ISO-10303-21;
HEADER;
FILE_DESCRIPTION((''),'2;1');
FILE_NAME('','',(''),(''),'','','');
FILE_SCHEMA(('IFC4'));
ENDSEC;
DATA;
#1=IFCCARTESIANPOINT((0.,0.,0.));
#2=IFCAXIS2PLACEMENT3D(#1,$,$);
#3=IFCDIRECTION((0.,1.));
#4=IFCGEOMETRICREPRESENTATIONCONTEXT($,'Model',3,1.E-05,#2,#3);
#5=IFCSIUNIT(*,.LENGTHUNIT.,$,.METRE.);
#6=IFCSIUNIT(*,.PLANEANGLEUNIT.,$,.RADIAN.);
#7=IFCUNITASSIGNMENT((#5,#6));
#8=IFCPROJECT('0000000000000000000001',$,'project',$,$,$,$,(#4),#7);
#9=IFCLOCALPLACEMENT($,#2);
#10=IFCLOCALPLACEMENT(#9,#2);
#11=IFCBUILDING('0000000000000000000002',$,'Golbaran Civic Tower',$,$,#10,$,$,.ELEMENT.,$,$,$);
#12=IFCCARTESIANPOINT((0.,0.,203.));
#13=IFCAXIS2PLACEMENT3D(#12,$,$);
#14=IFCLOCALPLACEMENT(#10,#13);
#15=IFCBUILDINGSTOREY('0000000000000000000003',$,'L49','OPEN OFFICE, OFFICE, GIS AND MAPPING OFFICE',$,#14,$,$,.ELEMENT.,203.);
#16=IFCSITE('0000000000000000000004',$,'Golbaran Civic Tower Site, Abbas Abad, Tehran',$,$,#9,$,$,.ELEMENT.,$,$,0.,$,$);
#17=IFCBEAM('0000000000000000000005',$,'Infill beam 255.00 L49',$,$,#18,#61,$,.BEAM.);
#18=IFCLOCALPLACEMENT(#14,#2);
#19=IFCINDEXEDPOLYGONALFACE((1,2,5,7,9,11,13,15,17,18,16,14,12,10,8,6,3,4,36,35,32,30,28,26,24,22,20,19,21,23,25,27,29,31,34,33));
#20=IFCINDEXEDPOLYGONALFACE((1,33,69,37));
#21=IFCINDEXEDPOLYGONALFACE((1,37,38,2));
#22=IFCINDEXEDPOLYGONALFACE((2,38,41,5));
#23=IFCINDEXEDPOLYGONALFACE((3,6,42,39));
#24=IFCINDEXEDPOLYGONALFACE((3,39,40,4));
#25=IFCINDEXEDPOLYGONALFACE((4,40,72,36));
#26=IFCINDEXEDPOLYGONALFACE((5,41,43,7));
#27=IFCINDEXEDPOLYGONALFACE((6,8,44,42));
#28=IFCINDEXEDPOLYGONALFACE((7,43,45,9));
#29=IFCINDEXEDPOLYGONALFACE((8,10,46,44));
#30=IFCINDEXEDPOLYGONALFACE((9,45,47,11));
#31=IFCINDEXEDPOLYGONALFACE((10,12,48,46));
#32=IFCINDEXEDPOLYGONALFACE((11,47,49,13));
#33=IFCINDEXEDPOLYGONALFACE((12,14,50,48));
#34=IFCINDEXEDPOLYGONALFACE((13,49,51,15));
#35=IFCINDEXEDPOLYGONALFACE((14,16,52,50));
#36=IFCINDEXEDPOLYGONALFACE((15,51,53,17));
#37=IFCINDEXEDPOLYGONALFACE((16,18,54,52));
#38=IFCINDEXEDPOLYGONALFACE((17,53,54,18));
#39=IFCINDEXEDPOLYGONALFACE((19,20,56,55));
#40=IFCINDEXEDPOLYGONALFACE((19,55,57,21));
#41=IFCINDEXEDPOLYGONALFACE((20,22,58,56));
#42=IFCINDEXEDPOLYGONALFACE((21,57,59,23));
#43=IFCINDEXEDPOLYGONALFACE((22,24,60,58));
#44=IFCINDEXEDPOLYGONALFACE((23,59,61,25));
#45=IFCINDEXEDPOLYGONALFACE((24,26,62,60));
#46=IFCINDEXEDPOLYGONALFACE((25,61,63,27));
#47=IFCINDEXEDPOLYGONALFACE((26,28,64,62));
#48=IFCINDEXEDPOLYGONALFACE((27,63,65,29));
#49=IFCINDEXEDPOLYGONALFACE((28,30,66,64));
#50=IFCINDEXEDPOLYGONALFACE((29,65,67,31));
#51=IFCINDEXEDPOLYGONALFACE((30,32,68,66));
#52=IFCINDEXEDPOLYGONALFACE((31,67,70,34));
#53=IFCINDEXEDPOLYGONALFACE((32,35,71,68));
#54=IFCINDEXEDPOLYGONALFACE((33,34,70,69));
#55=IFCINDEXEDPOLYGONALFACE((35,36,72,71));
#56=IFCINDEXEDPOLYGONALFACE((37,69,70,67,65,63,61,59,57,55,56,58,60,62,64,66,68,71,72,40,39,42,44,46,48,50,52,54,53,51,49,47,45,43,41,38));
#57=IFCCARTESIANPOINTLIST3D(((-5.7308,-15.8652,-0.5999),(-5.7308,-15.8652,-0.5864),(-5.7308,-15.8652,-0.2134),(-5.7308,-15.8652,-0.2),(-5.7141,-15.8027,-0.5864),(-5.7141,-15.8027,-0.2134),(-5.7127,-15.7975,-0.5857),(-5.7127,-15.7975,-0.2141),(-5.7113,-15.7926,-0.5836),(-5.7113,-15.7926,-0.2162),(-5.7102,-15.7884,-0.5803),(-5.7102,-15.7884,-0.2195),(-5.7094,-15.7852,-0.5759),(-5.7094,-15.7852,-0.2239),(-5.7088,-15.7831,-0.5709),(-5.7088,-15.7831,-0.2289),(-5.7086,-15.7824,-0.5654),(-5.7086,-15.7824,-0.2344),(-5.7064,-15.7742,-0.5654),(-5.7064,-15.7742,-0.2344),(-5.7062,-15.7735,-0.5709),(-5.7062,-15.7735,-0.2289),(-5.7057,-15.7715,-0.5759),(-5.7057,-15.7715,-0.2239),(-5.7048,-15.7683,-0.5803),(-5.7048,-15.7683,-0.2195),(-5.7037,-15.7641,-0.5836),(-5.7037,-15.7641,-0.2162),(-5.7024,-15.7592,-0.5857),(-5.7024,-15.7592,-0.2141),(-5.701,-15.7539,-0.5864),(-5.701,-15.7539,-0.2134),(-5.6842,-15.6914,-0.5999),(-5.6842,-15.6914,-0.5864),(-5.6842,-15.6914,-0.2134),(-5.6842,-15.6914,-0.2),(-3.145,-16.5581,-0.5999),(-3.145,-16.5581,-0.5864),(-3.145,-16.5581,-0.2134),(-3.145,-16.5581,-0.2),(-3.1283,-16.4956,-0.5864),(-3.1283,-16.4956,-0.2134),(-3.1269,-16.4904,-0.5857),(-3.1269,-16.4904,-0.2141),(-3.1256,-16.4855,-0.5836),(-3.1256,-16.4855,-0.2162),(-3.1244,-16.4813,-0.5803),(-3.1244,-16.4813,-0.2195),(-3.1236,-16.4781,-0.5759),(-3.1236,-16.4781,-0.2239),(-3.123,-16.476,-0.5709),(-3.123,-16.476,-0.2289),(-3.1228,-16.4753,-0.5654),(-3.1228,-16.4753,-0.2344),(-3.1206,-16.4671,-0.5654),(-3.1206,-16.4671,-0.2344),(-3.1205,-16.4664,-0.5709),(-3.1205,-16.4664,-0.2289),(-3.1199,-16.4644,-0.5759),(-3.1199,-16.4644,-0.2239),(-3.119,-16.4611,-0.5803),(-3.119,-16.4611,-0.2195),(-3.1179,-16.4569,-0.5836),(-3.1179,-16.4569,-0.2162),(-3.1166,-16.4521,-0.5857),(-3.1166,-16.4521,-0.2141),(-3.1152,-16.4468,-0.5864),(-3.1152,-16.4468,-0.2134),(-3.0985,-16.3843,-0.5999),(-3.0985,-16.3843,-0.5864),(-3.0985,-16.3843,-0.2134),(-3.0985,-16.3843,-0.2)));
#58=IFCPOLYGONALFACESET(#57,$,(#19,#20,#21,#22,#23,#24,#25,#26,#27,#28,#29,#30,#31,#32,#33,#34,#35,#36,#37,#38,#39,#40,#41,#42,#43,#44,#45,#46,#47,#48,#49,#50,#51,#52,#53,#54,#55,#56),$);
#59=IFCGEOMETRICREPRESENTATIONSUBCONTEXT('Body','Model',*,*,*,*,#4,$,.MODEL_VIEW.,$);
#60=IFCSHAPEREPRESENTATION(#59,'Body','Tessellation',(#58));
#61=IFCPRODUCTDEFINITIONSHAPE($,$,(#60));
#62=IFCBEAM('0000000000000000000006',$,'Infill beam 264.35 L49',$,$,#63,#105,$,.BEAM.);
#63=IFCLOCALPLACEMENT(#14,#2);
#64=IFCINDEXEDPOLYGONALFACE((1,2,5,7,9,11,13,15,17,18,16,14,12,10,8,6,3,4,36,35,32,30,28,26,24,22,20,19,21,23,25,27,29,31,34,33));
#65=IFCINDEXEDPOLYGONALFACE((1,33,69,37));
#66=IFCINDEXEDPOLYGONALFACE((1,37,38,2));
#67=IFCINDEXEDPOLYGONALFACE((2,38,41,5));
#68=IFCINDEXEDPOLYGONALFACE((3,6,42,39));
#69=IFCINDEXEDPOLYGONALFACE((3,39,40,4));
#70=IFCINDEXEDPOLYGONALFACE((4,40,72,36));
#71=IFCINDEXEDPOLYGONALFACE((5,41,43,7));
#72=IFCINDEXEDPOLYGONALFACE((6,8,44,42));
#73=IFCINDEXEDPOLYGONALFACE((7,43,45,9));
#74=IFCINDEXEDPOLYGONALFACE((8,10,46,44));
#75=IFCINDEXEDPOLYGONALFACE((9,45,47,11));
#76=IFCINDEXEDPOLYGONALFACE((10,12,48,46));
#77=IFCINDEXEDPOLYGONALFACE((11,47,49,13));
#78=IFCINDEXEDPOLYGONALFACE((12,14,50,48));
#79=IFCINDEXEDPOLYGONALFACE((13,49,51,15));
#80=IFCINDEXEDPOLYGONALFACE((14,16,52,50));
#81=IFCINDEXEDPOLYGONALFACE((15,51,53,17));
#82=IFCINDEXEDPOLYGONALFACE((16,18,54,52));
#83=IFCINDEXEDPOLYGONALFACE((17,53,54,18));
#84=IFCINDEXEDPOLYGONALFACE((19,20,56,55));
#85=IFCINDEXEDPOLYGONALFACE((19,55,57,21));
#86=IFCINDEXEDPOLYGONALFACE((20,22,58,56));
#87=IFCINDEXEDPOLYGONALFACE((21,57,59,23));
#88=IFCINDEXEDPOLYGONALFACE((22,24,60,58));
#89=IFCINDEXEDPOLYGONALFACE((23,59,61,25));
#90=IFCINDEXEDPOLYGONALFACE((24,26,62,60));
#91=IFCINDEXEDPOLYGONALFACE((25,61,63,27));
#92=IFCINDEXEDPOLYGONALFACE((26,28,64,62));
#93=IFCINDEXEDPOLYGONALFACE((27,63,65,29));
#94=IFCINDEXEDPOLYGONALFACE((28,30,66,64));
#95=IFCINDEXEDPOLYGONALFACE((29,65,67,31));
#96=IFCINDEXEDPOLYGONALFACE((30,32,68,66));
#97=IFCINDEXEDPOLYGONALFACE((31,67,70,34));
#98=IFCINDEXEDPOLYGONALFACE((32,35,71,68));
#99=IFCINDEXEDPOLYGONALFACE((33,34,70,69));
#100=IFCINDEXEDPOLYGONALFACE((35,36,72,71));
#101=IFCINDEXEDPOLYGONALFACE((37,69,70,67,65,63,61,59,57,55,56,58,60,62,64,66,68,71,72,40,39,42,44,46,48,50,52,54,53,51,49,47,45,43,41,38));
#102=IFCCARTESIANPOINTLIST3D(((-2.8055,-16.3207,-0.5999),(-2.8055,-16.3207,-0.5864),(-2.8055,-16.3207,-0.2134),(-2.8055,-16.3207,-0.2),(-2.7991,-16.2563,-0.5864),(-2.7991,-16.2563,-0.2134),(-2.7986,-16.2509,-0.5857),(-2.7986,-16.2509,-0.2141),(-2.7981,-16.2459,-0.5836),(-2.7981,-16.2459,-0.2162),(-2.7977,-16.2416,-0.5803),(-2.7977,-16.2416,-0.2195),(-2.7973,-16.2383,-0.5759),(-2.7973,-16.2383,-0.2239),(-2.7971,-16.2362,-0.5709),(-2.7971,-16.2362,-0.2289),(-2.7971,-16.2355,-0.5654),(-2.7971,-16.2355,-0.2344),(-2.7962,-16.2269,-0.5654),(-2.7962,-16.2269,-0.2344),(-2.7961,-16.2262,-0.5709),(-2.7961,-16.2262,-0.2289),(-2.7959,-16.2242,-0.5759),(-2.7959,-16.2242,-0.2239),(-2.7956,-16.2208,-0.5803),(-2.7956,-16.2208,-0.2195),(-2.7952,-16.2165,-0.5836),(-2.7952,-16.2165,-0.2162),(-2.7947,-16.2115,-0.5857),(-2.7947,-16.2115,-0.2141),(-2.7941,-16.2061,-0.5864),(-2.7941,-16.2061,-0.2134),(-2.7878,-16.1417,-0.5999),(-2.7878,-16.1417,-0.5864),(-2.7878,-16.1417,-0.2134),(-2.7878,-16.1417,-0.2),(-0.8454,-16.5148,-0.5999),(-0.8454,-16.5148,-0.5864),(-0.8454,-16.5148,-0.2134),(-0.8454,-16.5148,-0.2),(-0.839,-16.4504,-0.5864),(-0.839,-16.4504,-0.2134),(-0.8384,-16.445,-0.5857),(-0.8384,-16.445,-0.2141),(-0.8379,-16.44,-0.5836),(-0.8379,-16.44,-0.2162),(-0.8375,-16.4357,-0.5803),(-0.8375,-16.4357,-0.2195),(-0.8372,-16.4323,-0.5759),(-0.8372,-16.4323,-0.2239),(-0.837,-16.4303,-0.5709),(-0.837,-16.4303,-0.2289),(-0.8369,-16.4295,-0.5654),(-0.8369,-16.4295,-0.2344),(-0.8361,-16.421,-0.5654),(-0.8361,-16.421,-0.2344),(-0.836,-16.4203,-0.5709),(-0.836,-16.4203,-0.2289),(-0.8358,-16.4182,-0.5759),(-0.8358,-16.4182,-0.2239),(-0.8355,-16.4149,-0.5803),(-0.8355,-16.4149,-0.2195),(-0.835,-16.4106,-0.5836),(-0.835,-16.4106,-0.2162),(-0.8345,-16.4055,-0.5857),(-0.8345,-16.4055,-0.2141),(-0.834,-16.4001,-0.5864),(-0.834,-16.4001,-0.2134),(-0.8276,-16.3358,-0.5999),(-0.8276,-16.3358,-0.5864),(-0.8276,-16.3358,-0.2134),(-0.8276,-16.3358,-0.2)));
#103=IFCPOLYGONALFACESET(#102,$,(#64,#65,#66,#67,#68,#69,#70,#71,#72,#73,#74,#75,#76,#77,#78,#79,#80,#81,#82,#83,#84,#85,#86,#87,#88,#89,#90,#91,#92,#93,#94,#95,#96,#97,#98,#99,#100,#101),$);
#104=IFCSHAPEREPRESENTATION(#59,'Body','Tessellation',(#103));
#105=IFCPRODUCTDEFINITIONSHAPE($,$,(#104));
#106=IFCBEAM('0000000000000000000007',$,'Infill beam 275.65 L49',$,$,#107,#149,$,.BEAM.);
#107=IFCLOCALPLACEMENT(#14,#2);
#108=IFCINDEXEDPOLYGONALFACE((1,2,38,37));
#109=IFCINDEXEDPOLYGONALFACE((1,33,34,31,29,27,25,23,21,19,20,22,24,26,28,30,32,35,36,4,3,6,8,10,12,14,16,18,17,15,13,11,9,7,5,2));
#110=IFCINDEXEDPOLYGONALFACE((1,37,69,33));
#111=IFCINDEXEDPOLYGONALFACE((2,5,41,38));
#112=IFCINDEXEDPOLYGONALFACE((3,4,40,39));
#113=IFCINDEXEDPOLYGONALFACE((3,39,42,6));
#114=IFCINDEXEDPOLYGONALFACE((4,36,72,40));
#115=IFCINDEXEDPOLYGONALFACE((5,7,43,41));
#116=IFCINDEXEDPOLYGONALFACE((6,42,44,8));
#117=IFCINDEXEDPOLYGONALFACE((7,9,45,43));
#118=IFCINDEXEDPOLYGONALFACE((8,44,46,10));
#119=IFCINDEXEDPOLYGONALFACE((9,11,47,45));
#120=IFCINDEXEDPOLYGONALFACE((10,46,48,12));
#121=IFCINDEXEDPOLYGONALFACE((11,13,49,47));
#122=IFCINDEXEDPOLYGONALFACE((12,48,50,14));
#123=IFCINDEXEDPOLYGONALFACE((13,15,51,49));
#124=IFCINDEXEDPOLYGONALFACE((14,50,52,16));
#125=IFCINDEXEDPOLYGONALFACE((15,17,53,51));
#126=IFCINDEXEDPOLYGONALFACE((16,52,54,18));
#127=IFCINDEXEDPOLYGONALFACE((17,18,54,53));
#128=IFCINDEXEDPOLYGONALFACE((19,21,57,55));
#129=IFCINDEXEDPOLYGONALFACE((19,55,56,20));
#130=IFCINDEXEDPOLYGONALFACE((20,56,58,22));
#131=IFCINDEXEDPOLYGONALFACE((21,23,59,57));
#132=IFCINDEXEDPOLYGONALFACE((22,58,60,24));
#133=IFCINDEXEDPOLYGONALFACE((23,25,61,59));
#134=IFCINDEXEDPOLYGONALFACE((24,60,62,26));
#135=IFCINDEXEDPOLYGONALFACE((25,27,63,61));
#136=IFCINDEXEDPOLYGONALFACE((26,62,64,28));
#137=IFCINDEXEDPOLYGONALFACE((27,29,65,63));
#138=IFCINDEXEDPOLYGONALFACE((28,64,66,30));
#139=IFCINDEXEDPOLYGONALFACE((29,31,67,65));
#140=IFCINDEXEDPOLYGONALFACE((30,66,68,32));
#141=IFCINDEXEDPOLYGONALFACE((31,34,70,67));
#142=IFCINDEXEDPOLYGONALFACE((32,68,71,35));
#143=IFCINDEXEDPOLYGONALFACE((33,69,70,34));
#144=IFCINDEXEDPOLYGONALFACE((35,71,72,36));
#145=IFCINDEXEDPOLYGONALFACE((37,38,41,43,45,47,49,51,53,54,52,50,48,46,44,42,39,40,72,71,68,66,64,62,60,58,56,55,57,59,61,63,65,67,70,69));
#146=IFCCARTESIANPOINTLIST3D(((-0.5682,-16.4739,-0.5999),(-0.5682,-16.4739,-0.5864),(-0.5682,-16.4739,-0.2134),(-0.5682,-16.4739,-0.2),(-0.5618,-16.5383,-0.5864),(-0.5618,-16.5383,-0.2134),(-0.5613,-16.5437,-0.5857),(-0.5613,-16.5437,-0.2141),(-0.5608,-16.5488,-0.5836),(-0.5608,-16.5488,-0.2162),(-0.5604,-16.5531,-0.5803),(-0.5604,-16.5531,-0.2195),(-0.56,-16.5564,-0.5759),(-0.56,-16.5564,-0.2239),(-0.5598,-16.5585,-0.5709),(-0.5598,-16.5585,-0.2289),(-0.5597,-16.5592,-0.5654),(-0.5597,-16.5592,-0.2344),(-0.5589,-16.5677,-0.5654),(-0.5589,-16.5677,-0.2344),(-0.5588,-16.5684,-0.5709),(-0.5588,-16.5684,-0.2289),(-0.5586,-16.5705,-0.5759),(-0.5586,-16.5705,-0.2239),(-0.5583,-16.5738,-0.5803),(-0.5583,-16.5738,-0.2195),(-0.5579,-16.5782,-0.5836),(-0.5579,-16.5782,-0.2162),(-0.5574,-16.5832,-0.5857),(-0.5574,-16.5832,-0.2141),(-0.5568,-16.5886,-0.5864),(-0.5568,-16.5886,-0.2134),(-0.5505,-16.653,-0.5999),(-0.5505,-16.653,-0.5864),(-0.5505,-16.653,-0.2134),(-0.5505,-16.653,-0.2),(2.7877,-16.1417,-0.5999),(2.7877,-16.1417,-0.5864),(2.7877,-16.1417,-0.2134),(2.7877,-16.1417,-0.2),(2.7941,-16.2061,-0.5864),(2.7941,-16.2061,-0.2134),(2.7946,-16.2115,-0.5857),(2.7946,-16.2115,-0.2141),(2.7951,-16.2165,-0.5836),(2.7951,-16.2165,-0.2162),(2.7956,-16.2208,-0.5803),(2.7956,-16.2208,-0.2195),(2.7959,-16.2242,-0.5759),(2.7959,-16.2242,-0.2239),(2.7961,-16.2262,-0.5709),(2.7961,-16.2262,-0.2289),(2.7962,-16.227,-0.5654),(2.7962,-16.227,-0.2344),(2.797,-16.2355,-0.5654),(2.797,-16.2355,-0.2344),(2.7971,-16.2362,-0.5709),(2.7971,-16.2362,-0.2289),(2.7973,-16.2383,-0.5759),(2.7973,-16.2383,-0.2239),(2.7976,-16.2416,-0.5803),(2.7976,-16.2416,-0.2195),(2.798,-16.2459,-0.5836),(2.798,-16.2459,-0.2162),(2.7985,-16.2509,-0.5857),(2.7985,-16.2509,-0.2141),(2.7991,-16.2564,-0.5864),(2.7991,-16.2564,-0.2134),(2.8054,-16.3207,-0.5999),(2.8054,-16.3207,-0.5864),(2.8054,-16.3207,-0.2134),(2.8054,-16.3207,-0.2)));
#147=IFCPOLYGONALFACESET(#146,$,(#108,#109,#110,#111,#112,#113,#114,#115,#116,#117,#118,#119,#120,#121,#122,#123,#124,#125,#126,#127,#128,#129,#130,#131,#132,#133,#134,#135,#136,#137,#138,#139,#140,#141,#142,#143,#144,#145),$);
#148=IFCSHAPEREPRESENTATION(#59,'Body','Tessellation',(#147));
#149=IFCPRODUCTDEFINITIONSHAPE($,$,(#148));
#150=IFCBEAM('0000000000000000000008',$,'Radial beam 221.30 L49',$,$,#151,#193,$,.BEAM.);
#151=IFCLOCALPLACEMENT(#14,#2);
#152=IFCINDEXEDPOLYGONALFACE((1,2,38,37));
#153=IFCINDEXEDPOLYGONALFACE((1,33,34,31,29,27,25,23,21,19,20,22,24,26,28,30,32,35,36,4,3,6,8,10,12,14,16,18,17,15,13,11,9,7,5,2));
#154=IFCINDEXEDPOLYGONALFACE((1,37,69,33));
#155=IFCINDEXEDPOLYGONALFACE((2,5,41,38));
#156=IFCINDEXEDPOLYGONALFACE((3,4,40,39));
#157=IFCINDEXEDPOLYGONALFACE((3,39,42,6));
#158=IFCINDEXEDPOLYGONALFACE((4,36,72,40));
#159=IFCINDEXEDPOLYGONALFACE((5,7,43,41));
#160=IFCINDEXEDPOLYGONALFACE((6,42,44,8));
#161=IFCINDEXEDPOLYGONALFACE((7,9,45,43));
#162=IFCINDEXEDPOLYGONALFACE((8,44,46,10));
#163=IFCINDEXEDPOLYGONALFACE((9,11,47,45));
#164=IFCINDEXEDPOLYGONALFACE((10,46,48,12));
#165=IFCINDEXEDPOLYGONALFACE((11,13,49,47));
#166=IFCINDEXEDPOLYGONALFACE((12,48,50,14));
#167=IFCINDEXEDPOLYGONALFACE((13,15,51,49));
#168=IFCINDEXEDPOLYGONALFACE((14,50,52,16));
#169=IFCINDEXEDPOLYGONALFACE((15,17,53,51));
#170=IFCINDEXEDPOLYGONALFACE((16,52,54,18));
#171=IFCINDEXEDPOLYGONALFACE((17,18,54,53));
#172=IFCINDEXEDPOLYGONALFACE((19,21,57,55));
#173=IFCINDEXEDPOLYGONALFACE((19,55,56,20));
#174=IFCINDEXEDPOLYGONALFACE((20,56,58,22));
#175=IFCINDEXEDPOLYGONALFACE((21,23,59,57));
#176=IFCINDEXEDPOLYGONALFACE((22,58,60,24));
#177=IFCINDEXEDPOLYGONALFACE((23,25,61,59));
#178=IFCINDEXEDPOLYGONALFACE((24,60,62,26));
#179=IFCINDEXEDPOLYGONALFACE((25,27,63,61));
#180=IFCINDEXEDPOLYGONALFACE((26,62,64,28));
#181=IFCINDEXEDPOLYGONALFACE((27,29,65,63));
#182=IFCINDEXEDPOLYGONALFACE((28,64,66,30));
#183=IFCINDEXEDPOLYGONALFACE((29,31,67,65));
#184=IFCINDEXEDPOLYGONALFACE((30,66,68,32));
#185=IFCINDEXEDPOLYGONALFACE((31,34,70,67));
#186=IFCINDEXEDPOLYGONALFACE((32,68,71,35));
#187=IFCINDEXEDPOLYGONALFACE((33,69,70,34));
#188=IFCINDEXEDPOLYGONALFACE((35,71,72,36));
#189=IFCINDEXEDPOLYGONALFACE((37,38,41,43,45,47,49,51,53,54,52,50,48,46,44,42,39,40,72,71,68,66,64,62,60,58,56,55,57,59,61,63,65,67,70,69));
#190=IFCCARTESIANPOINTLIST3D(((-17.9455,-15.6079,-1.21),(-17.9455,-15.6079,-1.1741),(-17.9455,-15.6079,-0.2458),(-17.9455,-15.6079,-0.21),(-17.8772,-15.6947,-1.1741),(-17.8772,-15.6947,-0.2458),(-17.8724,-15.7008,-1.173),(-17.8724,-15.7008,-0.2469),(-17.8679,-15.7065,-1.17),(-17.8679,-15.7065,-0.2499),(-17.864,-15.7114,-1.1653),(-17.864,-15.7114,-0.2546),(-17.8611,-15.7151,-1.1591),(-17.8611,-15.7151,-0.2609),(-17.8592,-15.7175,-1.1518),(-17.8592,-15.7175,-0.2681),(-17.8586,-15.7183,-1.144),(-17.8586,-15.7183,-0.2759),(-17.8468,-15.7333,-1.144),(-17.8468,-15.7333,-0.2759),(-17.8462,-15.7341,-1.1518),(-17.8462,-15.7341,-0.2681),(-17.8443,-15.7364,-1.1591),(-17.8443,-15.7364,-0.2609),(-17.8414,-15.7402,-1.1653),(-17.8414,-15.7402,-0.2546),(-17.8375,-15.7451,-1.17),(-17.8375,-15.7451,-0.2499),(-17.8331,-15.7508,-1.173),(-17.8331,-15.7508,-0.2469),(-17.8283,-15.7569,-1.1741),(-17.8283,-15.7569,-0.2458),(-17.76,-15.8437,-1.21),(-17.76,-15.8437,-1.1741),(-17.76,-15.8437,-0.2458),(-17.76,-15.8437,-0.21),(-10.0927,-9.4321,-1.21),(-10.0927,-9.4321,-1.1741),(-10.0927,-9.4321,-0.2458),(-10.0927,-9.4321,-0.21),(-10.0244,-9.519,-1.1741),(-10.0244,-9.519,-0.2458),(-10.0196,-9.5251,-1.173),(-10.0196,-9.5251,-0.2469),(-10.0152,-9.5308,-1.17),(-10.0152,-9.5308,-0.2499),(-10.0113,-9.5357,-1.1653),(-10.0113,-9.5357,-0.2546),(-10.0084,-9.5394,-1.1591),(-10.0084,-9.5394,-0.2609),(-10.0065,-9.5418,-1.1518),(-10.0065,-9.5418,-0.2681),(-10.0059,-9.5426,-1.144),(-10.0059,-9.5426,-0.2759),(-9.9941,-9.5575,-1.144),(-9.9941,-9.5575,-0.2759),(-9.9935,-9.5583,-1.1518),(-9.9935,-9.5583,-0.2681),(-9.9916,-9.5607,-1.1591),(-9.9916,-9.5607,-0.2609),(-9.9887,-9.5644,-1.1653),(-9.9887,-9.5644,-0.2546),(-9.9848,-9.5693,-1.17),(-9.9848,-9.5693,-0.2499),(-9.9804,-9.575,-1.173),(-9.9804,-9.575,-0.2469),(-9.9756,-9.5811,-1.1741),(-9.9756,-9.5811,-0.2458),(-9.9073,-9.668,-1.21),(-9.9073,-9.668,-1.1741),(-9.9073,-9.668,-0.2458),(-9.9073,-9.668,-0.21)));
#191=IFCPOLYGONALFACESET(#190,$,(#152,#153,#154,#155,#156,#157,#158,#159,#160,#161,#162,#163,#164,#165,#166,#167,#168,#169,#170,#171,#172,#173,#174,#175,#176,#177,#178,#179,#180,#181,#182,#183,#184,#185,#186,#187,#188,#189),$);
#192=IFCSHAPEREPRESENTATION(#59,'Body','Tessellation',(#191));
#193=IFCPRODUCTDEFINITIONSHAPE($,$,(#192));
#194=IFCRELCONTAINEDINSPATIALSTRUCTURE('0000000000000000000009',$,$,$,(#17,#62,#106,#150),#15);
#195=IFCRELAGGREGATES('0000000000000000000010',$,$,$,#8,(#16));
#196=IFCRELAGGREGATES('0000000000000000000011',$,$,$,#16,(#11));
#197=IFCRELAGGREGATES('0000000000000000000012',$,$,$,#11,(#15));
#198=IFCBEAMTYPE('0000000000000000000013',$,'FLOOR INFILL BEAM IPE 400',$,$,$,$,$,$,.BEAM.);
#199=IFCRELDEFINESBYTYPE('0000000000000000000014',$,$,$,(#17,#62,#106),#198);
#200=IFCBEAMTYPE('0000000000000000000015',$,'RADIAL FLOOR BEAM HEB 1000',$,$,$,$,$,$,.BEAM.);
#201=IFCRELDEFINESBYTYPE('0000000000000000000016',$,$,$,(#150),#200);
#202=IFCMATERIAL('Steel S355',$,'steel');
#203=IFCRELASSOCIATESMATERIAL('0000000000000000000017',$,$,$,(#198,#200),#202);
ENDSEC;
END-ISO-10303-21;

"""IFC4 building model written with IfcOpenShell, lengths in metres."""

from ifc_helpers import new_model, si_unit, direction, frame, origin, origin_2d, place, context, subcontext, project, spatial, i_section, extrude, material, material_profile, profile_set, type_object, element, save


model = new_model("IFC4")

# Units and contexts
model_context = context("Model", 3, precision=1e-05, world=origin(), true_north=direction((0.0, 1.0)))
body_context = subcontext(model_context, "Body", "Model", "MODEL_VIEW")
ifc_project = project(units=[si_unit("LENGTHUNIT", "METRE"), si_unit("PLANEANGLEUNIT", "RADIAN")], contexts=[model_context])

# Site, building, storey
site_placement = place(None, origin())
site = spatial("IfcSite", under=ifc_project, at=site_placement, Name="Golbaran Civic Tower Site, Abbas Abad, Tehran", CompositionType="ELEMENT", RefElevation=0.0)
building_placement = place(site_placement, origin())
building = spatial("IfcBuilding", under=site, at=building_placement, Name="Golbaran Civic Tower", CompositionType="ELEMENT")
storey_placement = place(building_placement, frame((0.0, 0.0, 203.0)))
storey = spatial("IfcBuildingStorey", under=building, at=storey_placement, Name="L49", Description="OPEN OFFICE, OFFICE, GIS AND MAPPING OFFICE", CompositionType="ELEMENT", Elevation=203.0)

# Beams
ifc_material_1 = material(Name="Steel S355", Category="steel")
ifc_material_profile_1 = material_profile(ifc_material_1, i_section(OverallWidth=0.1799, OverallDepth=0.3999, WebThickness=0.0085, FlangeThickness=0.0134, FilletRadius=0.021, at=origin_2d()), Name="IPE 400")
ifc_profile_set_1 = profile_set([ifc_material_profile_1], Name="Steel S355")
beam_type_1 = type_object("IfcBeamType", Name="FLOOR INFILL BEAM IPE 400", PredefinedType="BEAM", material=ifc_profile_set_1)
beam_1_placement = place(storey_placement, frame((-5.7075, -15.7783, -0.3999), z_axis=(0.965922, -0.258832, 0.0), x_axis=(0.258832, 0.965922, 0.0)))
element("IfcBeam", 1, at=beam_1_placement, inside=storey, type_object=beam_type_1, Name="Infill beam 255.00 L49", PredefinedType="BEAM", context=body_context, shape_type="SweptSolid", body=[
    extrude(i_section(OverallWidth=0.1799, OverallDepth=0.3999, WebThickness=0.0085, FlangeThickness=0.0134, FilletRadius=0.021, at=origin_2d()), origin(), (0.0, 0.0, 1.0), 2.677),
])
beam_2_placement = place(storey_placement, frame((-2.7966, -16.2312, -0.3999), z_axis=(0.995134, -0.098534, 0.0), x_axis=(0.098534, 0.995134, 0.0)))
element("IfcBeam", 2, at=beam_2_placement, inside=storey, type_object=beam_type_1, Name="Infill beam 264.35 L49", PredefinedType="BEAM", context=body_context, shape_type="SweptSolid", body=[
    extrude(i_section(OverallWidth=0.1799, OverallDepth=0.3999, WebThickness=0.0085, FlangeThickness=0.0134, FilletRadius=0.021, at=origin_2d()), origin(), (0.0, 0.0, 1.0), 1.9697),
])
beam_3_placement = place(storey_placement, frame((-0.5593, -16.5635, -0.3999), z_axis=(0.995134, 0.098529, 0.0), x_axis=(-0.098529, 0.995134, 0.0)))
element("IfcBeam", 3, at=beam_3_placement, inside=storey, type_object=beam_type_1, Name="Infill beam 275.65 L49", PredefinedType="BEAM", context=body_context, shape_type="SweptSolid", body=[
    extrude(i_section(OverallWidth=0.1799, OverallDepth=0.3999, WebThickness=0.0085, FlangeThickness=0.0134, FilletRadius=0.021, at=origin_2d()), origin(), (0.0, 0.0, 1.0), 3.3723),
])
ifc_material_profile_2 = material_profile(ifc_material_1, i_section(OverallWidth=0.3, OverallDepth=1.0, WebThickness=0.019, FlangeThickness=0.0359, FilletRadius=0.03, at=origin_2d()), Name="HEB 1000")
ifc_profile_set_2 = profile_set([ifc_material_profile_2], Name="Steel S355")
beam_type_2 = type_object("IfcBeamType", Name="RADIAL FLOOR BEAM HEB 1000", PredefinedType="BEAM", material=ifc_profile_set_2)
beam_4_placement = place(storey_placement, frame((-10.0, -9.55, -0.71), z_axis=(-0.786039, -0.618177, 0.0), x_axis=(0.618177, -0.786039, 0.0)))
element("IfcBeam", 4, at=beam_4_placement, inside=storey, type_object=beam_type_2, Name="Radial beam 221.30 L49", PredefinedType="BEAM", context=body_context, shape_type="SweptSolid", body=[
    extrude(i_section(OverallWidth=0.3, OverallDepth=1.0, WebThickness=0.019, FlangeThickness=0.0359, FilletRadius=0.03, at=origin_2d()), origin(), (0.0, 0.0, 1.0), 9.9902),
])

save(model, "model.ifc")
